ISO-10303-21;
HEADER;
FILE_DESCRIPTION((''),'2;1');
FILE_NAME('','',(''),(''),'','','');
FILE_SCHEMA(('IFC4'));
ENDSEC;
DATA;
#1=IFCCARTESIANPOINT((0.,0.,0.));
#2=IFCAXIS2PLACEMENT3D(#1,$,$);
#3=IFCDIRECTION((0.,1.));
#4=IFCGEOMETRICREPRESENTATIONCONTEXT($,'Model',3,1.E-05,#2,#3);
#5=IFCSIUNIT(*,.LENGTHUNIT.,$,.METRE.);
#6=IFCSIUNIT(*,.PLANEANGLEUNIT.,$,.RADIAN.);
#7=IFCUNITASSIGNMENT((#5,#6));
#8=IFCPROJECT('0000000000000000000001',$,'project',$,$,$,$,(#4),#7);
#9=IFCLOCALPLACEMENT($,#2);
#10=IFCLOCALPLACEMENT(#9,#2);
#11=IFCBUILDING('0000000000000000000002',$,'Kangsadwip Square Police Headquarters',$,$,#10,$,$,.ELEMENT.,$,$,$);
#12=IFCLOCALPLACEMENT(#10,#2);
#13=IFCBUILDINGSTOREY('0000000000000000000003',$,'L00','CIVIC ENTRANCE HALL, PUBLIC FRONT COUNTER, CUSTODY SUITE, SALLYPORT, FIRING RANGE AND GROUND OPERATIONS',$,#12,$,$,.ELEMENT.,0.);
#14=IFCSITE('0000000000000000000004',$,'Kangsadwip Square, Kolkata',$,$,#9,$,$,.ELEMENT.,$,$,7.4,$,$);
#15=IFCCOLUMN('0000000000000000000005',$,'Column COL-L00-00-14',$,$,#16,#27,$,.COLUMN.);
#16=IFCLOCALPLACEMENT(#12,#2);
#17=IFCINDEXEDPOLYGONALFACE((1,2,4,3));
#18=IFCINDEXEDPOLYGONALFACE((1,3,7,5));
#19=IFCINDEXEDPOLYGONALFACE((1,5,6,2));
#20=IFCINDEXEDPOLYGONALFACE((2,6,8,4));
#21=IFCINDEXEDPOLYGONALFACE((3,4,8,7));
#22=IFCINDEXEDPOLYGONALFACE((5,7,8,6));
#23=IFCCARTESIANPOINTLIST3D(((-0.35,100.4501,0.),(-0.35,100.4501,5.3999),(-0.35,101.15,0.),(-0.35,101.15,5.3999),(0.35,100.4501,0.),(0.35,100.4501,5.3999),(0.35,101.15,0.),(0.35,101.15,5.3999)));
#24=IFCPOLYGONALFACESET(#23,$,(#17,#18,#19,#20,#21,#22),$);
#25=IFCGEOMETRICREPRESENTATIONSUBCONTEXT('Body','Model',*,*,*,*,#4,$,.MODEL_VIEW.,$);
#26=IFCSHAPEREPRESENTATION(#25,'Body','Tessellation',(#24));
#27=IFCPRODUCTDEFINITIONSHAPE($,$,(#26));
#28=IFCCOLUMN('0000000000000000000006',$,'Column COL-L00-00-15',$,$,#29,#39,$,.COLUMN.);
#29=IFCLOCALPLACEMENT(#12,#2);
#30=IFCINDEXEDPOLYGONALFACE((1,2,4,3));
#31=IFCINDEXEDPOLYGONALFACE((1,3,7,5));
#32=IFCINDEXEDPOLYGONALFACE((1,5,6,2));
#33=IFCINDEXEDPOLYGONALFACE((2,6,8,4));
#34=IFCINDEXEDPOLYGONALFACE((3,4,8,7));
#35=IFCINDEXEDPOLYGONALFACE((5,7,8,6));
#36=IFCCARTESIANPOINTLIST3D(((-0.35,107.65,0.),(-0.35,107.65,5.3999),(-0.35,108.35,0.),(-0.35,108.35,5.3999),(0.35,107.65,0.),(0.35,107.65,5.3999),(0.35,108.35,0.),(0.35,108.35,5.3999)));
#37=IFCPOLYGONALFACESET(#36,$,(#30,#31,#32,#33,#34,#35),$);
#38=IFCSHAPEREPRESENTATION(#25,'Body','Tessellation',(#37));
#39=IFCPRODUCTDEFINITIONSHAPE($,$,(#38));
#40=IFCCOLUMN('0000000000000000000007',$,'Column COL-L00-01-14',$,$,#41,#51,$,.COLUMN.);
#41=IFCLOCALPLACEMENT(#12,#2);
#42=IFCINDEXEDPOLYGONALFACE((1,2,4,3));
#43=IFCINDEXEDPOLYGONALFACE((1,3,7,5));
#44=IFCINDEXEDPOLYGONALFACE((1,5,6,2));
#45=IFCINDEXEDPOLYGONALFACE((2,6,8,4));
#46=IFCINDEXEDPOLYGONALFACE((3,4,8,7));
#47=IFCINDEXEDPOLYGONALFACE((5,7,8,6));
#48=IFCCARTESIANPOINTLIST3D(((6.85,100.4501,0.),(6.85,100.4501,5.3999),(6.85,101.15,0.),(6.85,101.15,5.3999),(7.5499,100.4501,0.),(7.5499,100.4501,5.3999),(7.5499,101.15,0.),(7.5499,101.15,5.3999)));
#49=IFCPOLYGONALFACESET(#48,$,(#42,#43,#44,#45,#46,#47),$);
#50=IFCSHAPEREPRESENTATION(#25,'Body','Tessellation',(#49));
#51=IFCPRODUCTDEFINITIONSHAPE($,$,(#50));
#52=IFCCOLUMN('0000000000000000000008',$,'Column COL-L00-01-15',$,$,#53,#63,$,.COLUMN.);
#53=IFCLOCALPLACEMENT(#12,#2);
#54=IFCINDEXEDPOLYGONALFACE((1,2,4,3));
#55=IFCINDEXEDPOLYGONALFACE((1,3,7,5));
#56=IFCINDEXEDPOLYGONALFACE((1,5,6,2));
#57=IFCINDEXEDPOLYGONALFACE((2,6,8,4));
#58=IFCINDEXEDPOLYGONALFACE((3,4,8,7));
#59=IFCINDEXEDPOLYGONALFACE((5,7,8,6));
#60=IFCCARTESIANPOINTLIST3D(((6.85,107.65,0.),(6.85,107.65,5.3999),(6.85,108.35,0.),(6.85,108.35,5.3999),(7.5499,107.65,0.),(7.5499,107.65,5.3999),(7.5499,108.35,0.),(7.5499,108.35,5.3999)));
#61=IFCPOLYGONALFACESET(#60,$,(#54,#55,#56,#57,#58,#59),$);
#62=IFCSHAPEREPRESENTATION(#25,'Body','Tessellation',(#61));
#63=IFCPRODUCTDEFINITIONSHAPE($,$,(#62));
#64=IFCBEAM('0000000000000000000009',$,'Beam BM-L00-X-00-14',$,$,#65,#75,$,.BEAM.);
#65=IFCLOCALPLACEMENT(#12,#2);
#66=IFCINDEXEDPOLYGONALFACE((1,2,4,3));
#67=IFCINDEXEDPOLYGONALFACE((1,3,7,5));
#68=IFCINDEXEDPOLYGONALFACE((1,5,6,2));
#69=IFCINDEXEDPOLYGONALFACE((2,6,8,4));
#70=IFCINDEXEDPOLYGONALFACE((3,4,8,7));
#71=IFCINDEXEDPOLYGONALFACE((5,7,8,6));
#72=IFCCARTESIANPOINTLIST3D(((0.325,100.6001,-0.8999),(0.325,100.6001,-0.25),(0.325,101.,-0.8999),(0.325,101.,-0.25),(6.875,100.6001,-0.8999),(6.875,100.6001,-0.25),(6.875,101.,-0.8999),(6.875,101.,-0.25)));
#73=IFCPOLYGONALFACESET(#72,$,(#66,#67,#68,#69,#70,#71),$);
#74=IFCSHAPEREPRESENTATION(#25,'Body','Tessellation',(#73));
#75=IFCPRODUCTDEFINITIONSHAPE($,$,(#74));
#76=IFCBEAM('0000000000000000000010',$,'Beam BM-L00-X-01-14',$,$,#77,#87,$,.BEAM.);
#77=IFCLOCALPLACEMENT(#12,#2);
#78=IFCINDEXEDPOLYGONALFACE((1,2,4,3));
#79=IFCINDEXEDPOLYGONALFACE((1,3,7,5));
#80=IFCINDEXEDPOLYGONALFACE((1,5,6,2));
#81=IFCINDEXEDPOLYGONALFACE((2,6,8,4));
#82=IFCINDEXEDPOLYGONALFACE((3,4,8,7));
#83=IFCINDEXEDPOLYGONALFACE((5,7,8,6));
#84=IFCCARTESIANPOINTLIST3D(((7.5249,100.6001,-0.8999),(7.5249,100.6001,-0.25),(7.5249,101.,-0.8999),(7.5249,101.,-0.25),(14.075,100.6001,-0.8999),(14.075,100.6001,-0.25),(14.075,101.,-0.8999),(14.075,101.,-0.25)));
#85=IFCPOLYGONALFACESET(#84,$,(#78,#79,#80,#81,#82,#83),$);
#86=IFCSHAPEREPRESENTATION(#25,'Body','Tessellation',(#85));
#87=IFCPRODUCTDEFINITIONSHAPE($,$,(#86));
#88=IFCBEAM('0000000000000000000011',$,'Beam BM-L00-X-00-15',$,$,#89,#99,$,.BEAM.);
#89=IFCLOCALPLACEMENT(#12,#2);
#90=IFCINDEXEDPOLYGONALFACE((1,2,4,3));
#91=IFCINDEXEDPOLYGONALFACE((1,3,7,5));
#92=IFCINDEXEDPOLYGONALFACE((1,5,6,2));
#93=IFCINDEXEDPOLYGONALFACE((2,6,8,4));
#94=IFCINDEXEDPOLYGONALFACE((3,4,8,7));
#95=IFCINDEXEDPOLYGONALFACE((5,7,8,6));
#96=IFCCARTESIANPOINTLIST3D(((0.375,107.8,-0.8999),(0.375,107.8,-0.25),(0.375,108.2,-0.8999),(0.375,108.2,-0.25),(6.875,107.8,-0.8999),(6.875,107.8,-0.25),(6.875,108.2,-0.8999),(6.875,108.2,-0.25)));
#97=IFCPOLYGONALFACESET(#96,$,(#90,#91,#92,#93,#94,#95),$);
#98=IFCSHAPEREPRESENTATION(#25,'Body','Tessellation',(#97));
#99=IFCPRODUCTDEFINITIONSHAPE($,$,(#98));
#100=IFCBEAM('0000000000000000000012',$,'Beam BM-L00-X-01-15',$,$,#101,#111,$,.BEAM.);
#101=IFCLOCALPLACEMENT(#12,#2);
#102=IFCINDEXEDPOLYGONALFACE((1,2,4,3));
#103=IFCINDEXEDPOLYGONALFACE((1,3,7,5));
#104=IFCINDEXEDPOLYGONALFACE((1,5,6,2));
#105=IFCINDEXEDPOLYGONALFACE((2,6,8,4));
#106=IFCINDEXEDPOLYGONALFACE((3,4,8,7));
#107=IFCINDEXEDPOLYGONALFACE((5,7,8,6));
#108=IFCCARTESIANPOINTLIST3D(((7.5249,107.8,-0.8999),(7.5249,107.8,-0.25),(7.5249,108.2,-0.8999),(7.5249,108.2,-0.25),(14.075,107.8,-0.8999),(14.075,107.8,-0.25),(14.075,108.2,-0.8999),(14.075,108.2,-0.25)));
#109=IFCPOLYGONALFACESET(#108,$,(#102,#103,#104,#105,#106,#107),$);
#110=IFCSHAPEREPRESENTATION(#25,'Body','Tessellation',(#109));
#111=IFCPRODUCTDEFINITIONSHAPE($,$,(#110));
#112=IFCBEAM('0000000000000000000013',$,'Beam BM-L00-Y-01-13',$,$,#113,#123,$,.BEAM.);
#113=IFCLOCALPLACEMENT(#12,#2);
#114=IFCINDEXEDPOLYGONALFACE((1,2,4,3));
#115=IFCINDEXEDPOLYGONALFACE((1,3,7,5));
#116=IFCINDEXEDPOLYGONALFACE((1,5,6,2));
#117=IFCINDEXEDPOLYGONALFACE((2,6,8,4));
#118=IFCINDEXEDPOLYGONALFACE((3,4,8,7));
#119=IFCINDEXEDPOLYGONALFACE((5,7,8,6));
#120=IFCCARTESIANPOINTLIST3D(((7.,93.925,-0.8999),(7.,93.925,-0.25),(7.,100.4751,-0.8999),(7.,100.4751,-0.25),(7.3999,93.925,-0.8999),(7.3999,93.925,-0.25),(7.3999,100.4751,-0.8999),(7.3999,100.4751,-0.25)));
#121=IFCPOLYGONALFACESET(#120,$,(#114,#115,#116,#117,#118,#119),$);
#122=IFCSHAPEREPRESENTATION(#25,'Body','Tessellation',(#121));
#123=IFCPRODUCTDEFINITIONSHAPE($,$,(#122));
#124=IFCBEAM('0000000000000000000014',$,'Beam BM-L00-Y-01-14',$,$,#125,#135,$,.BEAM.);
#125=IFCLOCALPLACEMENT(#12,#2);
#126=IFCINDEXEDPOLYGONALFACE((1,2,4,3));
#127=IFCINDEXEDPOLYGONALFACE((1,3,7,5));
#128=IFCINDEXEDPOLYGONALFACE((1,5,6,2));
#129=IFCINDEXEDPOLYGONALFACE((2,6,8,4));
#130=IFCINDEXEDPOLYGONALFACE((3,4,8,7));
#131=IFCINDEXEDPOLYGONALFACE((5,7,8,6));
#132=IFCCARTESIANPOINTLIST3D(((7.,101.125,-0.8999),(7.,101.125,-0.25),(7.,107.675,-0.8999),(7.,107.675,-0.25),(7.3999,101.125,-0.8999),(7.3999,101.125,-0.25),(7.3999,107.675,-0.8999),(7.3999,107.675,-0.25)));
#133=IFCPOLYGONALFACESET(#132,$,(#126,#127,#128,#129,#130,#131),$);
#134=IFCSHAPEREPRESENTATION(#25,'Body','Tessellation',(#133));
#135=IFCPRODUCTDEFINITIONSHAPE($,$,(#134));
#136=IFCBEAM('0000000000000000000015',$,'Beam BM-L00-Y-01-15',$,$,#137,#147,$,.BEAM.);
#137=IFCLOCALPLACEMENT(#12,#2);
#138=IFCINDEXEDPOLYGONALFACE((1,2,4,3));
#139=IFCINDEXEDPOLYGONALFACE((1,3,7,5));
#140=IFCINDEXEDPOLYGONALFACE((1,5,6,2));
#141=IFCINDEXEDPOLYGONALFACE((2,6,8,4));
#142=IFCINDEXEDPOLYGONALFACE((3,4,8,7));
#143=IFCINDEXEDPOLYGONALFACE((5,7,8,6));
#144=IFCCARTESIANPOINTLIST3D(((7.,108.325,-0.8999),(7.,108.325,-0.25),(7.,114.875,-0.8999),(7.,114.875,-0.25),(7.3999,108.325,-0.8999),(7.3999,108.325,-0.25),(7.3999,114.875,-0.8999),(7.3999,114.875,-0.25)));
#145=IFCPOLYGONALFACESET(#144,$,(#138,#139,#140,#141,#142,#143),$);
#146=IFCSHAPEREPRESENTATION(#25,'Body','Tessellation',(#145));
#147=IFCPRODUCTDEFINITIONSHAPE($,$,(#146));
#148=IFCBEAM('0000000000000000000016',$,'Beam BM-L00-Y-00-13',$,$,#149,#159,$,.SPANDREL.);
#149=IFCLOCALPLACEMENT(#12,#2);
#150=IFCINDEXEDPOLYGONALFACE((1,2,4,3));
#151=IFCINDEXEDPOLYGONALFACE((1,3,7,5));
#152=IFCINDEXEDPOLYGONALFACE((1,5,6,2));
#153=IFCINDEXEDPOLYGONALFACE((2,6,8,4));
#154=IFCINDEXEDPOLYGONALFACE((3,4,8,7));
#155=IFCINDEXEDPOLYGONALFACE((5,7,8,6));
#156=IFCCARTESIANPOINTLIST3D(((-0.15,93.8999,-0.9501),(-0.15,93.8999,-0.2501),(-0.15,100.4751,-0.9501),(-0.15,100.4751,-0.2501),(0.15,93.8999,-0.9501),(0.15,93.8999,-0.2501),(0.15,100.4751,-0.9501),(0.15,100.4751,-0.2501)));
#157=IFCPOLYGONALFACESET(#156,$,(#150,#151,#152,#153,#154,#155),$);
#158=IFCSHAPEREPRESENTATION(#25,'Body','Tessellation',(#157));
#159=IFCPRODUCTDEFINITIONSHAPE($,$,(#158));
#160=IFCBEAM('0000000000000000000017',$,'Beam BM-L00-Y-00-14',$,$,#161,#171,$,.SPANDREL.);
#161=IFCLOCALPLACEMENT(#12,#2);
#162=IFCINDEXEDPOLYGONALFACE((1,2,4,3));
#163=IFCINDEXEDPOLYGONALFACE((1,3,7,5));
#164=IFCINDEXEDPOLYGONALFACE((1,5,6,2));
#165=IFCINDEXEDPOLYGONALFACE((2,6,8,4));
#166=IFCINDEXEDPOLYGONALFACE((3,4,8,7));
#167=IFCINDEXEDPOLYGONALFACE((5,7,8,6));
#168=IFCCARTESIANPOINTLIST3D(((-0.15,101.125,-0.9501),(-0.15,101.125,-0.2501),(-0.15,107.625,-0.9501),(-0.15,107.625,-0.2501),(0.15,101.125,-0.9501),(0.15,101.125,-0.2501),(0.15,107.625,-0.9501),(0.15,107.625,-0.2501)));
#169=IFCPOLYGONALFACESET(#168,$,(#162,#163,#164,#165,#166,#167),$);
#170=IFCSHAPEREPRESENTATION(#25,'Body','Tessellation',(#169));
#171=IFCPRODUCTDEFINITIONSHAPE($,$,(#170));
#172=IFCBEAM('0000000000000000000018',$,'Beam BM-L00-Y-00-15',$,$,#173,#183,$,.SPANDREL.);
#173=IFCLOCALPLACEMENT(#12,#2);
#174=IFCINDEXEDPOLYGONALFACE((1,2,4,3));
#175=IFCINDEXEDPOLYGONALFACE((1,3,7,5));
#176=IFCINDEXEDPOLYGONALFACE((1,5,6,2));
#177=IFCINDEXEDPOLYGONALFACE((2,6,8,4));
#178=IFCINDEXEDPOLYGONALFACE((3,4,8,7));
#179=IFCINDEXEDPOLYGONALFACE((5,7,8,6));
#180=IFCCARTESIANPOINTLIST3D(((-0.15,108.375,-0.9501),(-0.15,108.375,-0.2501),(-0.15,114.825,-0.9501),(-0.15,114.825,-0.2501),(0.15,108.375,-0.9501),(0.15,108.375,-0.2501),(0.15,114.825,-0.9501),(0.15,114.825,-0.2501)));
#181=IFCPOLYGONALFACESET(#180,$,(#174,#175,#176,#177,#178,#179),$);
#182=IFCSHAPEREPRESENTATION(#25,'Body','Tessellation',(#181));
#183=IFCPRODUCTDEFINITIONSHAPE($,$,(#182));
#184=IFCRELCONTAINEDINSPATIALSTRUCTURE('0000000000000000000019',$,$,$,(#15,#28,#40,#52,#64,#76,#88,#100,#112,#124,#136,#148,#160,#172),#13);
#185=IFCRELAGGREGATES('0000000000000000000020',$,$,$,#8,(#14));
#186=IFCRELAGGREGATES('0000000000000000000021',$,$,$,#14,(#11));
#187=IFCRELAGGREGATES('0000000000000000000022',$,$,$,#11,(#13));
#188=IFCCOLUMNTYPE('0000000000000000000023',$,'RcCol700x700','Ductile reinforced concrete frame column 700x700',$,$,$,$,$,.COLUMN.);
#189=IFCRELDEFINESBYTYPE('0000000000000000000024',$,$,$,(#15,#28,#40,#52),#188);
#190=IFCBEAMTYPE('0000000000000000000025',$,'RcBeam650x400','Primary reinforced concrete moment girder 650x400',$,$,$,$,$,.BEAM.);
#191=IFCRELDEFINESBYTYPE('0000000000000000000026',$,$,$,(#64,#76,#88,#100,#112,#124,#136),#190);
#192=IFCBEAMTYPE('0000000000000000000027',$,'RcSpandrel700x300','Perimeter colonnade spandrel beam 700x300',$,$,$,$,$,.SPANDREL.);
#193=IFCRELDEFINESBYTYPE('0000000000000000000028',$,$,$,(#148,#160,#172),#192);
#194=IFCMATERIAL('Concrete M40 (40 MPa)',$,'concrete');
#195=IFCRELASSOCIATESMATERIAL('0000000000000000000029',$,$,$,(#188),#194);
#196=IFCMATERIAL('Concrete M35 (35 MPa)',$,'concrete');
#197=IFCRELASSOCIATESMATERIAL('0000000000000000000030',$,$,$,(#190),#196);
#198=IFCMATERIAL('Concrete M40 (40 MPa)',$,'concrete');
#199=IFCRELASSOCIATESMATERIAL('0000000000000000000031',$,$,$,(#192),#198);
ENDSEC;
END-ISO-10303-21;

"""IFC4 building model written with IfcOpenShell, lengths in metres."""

from ifc_helpers import new_model, si_unit, direction, frame, origin, origin_2d, place, context, subcontext, project, spatial, rectangle, extrude, material, material_profile, profile_set, type_object, element, save


model = new_model("IFC4")

# Units and contexts
model_context = context("Model", 3, precision=1e-05, world=origin(), true_north=direction((0.0, 1.0)))
body_context = subcontext(model_context, "Body", "Model", "MODEL_VIEW")
ifc_project = project(units=[si_unit("LENGTHUNIT", "METRE"), si_unit("PLANEANGLEUNIT", "RADIAN")], contexts=[model_context])

# Site, building, storey
site_placement = place(None, origin())
site = spatial("IfcSite", under=ifc_project, at=site_placement, Name="Kangsadwip Square, Kolkata", CompositionType="ELEMENT", RefElevation=7.4)
building_placement = place(site_placement, origin())
building = spatial("IfcBuilding", under=site, at=building_placement, Name="Kangsadwip Square Police Headquarters", CompositionType="ELEMENT")
storey_placement = place(building_placement, origin())
storey = spatial("IfcBuildingStorey", under=building, at=storey_placement, Name="L00", Description="CIVIC ENTRANCE HALL, PUBLIC FRONT COUNTER, CUSTODY SUITE, SALLYPORT, FIRING RANGE AND GROUND OPERATIONS", CompositionType="ELEMENT", Elevation=0.0)

# Columns
ifc_material_1 = material(Name="Concrete M40 (40 MPa)", Category="concrete")
ifc_material_profile_1 = material_profile(ifc_material_1, rectangle(XDim=0.7, YDim=0.7, at=origin_2d()), Name="RC COL 700X700")
ifc_profile_set_1 = profile_set([ifc_material_profile_1], Name="Concrete M40 (40 MPa)")
column_type = type_object("IfcColumnType", Name="RcCol700x700", Description="Ductile reinforced concrete frame column 700x700", PredefinedType="COLUMN", material=ifc_profile_set_1)
for number, where, z_axis, x_axis, name in (
    (1, (0.0, 100.8, 0.0), (0.0, 0.0, 1.0), (1.0, 0.0, 0.0), "Column COL-L00-00-14"),
    (2, (0.0, 108.0, 0.0), (0.0, 0.0, 1.0), (1.0, 0.0, 0.0), "Column COL-L00-00-15"),
    (3, (7.2, 100.8, 0.0), (0.0, 0.0, 1.0), (1.0, 0.0, 0.0), "Column COL-L00-01-14"),
    (4, (7.2, 108.0, 0.0), (0.0, 0.0, 1.0), (1.0, 0.0, 0.0), "Column COL-L00-01-15"),
):
    element("IfcColumn", number, at=place(storey_placement, frame(where, z_axis=z_axis, x_axis=x_axis)), inside=storey, type_object=column_type, Name=name, PredefinedType="COLUMN", context=body_context, shape_type="SweptSolid", body=[
        extrude(rectangle(XDim=0.7, YDim=0.7, at=origin_2d()), origin(), (0.0, 0.0, 1.0), 5.3999),
    ])

# Beams
ifc_material_2 = material(Name="Concrete M35 (35 MPa)", Category="concrete")
ifc_material_profile_2 = material_profile(ifc_material_2, rectangle(XDim=0.3999, YDim=0.6499, at=origin_2d()), Name="RC BM 650X400")
ifc_profile_set_2 = profile_set([ifc_material_profile_2], Name="Concrete M35 (35 MPa)")
beam_type_1 = type_object("IfcBeamType", Name="RcBeam650x400", Description="Primary reinforced concrete moment girder 650x400", PredefinedType="BEAM", material=ifc_profile_set_2)
for number, where, z_axis, x_axis, name in (
    (5, (0.325, 100.8, -0.575), (1.0, 0.0, 0.0), (0.0, 1.0, 0.0), "Beam BM-L00-X-00-14"),
    (6, (7.5249, 100.8, -0.575), (1.0, 0.0, 0.0), (0.0, 1.0, 0.0), "Beam BM-L00-X-01-14"),
):
    element("IfcBeam", number, at=place(storey_placement, frame(where, z_axis=z_axis, x_axis=x_axis)), inside=storey, type_object=beam_type_1, Name=name, PredefinedType="BEAM", context=body_context, shape_type="SweptSolid", body=[
        extrude(rectangle(XDim=0.3999, YDim=0.6499, at=origin_2d()), origin(), (0.0, 0.0, 1.0), 6.55),
    ])
beam_1_placement = place(storey_placement, frame((0.375, 108.0, -0.575), z_axis=(1.0, 0.0, 0.0), x_axis=(0.0, 1.0, 0.0)))
element("IfcBeam", 7, at=beam_1_placement, inside=storey, type_object=beam_type_1, Name="Beam BM-L00-X-00-15", PredefinedType="BEAM", context=body_context, shape_type="SweptSolid", body=[
    extrude(rectangle(XDim=0.3999, YDim=0.6499, at=origin_2d()), origin(), (0.0, 0.0, 1.0), 6.5),
])
for number, where, z_axis, x_axis, name in (
    (8, (7.5249, 108.0, -0.575), (1.0, 0.0, 0.0), (0.0, 1.0, 0.0), "Beam BM-L00-X-01-15"),
    (9, (7.2, 93.925, -0.575), (0.0, 1.0, 0.0), (-1.0, 0.0, 0.0), "Beam BM-L00-Y-01-13"),
    (10, (7.2, 101.125, -0.575), (0.0, 1.0, 0.0), (-1.0, 0.0, 0.0), "Beam BM-L00-Y-01-14"),
    (11, (7.2, 108.325, -0.575), (0.0, 1.0, 0.0), (-1.0, 0.0, 0.0), "Beam BM-L00-Y-01-15"),
):
    element("IfcBeam", number, at=place(storey_placement, frame(where, z_axis=z_axis, x_axis=x_axis)), inside=storey, type_object=beam_type_1, Name=name, PredefinedType="BEAM", context=body_context, shape_type="SweptSolid", body=[
        extrude(rectangle(XDim=0.3999, YDim=0.6499, at=origin_2d()), origin(), (0.0, 0.0, 1.0), 6.55),
    ])
ifc_material_3 = material(Name="Concrete M40 (40 MPa)", Category="concrete")
ifc_material_profile_3 = material_profile(ifc_material_3, rectangle(XDim=0.3, YDim=0.7, at=origin_2d()), Name="RC SPN 700X300")
ifc_profile_set_3 = profile_set([ifc_material_profile_3], Name="Concrete M40 (40 MPa)")
beam_type_2 = type_object("IfcBeamType", Name="RcSpandrel700x300", Description="Perimeter colonnade spandrel beam 700x300", PredefinedType="SPANDREL", material=ifc_profile_set_3)
beam_2_placement = place(storey_placement, frame((0.0, 93.8999, -0.6001), z_axis=(0.0, 1.0, 0.0), x_axis=(-1.0, 0.0, 0.0)))
element("IfcBeam", 12, at=beam_2_placement, inside=storey, type_object=beam_type_2, Name="Beam BM-L00-Y-00-13", PredefinedType="SPANDREL", context=body_context, shape_type="SweptSolid", body=[
    extrude(rectangle(XDim=0.3, YDim=0.7, at=origin_2d()), origin(), (0.0, 0.0, 1.0), 6.5752),
])
beam_3_placement = place(storey_placement, frame((0.0, 101.125, -0.6001), z_axis=(0.0, 1.0, 0.0), x_axis=(-1.0, 0.0, 0.0)))
element("IfcBeam", 13, at=beam_3_placement, inside=storey, type_object=beam_type_2, Name="Beam BM-L00-Y-00-14", PredefinedType="SPANDREL", context=body_context, shape_type="SweptSolid", body=[
    extrude(rectangle(XDim=0.3, YDim=0.7, at=origin_2d()), origin(), (0.0, 0.0, 1.0), 6.5),
])
beam_4_placement = place(storey_placement, frame((0.0, 108.375, -0.6001), z_axis=(0.0, 1.0, 0.0), x_axis=(-1.0, 0.0, 0.0)))
element("IfcBeam", 14, at=beam_4_placement, inside=storey, type_object=beam_type_2, Name="Beam BM-L00-Y-00-15", PredefinedType="SPANDREL", context=body_context, shape_type="SweptSolid", body=[
    extrude(rectangle(XDim=0.3, YDim=0.7, at=origin_2d()), origin(), (0.0, 0.0, 1.0), 6.45),
])

save(model, "model.ifc")
